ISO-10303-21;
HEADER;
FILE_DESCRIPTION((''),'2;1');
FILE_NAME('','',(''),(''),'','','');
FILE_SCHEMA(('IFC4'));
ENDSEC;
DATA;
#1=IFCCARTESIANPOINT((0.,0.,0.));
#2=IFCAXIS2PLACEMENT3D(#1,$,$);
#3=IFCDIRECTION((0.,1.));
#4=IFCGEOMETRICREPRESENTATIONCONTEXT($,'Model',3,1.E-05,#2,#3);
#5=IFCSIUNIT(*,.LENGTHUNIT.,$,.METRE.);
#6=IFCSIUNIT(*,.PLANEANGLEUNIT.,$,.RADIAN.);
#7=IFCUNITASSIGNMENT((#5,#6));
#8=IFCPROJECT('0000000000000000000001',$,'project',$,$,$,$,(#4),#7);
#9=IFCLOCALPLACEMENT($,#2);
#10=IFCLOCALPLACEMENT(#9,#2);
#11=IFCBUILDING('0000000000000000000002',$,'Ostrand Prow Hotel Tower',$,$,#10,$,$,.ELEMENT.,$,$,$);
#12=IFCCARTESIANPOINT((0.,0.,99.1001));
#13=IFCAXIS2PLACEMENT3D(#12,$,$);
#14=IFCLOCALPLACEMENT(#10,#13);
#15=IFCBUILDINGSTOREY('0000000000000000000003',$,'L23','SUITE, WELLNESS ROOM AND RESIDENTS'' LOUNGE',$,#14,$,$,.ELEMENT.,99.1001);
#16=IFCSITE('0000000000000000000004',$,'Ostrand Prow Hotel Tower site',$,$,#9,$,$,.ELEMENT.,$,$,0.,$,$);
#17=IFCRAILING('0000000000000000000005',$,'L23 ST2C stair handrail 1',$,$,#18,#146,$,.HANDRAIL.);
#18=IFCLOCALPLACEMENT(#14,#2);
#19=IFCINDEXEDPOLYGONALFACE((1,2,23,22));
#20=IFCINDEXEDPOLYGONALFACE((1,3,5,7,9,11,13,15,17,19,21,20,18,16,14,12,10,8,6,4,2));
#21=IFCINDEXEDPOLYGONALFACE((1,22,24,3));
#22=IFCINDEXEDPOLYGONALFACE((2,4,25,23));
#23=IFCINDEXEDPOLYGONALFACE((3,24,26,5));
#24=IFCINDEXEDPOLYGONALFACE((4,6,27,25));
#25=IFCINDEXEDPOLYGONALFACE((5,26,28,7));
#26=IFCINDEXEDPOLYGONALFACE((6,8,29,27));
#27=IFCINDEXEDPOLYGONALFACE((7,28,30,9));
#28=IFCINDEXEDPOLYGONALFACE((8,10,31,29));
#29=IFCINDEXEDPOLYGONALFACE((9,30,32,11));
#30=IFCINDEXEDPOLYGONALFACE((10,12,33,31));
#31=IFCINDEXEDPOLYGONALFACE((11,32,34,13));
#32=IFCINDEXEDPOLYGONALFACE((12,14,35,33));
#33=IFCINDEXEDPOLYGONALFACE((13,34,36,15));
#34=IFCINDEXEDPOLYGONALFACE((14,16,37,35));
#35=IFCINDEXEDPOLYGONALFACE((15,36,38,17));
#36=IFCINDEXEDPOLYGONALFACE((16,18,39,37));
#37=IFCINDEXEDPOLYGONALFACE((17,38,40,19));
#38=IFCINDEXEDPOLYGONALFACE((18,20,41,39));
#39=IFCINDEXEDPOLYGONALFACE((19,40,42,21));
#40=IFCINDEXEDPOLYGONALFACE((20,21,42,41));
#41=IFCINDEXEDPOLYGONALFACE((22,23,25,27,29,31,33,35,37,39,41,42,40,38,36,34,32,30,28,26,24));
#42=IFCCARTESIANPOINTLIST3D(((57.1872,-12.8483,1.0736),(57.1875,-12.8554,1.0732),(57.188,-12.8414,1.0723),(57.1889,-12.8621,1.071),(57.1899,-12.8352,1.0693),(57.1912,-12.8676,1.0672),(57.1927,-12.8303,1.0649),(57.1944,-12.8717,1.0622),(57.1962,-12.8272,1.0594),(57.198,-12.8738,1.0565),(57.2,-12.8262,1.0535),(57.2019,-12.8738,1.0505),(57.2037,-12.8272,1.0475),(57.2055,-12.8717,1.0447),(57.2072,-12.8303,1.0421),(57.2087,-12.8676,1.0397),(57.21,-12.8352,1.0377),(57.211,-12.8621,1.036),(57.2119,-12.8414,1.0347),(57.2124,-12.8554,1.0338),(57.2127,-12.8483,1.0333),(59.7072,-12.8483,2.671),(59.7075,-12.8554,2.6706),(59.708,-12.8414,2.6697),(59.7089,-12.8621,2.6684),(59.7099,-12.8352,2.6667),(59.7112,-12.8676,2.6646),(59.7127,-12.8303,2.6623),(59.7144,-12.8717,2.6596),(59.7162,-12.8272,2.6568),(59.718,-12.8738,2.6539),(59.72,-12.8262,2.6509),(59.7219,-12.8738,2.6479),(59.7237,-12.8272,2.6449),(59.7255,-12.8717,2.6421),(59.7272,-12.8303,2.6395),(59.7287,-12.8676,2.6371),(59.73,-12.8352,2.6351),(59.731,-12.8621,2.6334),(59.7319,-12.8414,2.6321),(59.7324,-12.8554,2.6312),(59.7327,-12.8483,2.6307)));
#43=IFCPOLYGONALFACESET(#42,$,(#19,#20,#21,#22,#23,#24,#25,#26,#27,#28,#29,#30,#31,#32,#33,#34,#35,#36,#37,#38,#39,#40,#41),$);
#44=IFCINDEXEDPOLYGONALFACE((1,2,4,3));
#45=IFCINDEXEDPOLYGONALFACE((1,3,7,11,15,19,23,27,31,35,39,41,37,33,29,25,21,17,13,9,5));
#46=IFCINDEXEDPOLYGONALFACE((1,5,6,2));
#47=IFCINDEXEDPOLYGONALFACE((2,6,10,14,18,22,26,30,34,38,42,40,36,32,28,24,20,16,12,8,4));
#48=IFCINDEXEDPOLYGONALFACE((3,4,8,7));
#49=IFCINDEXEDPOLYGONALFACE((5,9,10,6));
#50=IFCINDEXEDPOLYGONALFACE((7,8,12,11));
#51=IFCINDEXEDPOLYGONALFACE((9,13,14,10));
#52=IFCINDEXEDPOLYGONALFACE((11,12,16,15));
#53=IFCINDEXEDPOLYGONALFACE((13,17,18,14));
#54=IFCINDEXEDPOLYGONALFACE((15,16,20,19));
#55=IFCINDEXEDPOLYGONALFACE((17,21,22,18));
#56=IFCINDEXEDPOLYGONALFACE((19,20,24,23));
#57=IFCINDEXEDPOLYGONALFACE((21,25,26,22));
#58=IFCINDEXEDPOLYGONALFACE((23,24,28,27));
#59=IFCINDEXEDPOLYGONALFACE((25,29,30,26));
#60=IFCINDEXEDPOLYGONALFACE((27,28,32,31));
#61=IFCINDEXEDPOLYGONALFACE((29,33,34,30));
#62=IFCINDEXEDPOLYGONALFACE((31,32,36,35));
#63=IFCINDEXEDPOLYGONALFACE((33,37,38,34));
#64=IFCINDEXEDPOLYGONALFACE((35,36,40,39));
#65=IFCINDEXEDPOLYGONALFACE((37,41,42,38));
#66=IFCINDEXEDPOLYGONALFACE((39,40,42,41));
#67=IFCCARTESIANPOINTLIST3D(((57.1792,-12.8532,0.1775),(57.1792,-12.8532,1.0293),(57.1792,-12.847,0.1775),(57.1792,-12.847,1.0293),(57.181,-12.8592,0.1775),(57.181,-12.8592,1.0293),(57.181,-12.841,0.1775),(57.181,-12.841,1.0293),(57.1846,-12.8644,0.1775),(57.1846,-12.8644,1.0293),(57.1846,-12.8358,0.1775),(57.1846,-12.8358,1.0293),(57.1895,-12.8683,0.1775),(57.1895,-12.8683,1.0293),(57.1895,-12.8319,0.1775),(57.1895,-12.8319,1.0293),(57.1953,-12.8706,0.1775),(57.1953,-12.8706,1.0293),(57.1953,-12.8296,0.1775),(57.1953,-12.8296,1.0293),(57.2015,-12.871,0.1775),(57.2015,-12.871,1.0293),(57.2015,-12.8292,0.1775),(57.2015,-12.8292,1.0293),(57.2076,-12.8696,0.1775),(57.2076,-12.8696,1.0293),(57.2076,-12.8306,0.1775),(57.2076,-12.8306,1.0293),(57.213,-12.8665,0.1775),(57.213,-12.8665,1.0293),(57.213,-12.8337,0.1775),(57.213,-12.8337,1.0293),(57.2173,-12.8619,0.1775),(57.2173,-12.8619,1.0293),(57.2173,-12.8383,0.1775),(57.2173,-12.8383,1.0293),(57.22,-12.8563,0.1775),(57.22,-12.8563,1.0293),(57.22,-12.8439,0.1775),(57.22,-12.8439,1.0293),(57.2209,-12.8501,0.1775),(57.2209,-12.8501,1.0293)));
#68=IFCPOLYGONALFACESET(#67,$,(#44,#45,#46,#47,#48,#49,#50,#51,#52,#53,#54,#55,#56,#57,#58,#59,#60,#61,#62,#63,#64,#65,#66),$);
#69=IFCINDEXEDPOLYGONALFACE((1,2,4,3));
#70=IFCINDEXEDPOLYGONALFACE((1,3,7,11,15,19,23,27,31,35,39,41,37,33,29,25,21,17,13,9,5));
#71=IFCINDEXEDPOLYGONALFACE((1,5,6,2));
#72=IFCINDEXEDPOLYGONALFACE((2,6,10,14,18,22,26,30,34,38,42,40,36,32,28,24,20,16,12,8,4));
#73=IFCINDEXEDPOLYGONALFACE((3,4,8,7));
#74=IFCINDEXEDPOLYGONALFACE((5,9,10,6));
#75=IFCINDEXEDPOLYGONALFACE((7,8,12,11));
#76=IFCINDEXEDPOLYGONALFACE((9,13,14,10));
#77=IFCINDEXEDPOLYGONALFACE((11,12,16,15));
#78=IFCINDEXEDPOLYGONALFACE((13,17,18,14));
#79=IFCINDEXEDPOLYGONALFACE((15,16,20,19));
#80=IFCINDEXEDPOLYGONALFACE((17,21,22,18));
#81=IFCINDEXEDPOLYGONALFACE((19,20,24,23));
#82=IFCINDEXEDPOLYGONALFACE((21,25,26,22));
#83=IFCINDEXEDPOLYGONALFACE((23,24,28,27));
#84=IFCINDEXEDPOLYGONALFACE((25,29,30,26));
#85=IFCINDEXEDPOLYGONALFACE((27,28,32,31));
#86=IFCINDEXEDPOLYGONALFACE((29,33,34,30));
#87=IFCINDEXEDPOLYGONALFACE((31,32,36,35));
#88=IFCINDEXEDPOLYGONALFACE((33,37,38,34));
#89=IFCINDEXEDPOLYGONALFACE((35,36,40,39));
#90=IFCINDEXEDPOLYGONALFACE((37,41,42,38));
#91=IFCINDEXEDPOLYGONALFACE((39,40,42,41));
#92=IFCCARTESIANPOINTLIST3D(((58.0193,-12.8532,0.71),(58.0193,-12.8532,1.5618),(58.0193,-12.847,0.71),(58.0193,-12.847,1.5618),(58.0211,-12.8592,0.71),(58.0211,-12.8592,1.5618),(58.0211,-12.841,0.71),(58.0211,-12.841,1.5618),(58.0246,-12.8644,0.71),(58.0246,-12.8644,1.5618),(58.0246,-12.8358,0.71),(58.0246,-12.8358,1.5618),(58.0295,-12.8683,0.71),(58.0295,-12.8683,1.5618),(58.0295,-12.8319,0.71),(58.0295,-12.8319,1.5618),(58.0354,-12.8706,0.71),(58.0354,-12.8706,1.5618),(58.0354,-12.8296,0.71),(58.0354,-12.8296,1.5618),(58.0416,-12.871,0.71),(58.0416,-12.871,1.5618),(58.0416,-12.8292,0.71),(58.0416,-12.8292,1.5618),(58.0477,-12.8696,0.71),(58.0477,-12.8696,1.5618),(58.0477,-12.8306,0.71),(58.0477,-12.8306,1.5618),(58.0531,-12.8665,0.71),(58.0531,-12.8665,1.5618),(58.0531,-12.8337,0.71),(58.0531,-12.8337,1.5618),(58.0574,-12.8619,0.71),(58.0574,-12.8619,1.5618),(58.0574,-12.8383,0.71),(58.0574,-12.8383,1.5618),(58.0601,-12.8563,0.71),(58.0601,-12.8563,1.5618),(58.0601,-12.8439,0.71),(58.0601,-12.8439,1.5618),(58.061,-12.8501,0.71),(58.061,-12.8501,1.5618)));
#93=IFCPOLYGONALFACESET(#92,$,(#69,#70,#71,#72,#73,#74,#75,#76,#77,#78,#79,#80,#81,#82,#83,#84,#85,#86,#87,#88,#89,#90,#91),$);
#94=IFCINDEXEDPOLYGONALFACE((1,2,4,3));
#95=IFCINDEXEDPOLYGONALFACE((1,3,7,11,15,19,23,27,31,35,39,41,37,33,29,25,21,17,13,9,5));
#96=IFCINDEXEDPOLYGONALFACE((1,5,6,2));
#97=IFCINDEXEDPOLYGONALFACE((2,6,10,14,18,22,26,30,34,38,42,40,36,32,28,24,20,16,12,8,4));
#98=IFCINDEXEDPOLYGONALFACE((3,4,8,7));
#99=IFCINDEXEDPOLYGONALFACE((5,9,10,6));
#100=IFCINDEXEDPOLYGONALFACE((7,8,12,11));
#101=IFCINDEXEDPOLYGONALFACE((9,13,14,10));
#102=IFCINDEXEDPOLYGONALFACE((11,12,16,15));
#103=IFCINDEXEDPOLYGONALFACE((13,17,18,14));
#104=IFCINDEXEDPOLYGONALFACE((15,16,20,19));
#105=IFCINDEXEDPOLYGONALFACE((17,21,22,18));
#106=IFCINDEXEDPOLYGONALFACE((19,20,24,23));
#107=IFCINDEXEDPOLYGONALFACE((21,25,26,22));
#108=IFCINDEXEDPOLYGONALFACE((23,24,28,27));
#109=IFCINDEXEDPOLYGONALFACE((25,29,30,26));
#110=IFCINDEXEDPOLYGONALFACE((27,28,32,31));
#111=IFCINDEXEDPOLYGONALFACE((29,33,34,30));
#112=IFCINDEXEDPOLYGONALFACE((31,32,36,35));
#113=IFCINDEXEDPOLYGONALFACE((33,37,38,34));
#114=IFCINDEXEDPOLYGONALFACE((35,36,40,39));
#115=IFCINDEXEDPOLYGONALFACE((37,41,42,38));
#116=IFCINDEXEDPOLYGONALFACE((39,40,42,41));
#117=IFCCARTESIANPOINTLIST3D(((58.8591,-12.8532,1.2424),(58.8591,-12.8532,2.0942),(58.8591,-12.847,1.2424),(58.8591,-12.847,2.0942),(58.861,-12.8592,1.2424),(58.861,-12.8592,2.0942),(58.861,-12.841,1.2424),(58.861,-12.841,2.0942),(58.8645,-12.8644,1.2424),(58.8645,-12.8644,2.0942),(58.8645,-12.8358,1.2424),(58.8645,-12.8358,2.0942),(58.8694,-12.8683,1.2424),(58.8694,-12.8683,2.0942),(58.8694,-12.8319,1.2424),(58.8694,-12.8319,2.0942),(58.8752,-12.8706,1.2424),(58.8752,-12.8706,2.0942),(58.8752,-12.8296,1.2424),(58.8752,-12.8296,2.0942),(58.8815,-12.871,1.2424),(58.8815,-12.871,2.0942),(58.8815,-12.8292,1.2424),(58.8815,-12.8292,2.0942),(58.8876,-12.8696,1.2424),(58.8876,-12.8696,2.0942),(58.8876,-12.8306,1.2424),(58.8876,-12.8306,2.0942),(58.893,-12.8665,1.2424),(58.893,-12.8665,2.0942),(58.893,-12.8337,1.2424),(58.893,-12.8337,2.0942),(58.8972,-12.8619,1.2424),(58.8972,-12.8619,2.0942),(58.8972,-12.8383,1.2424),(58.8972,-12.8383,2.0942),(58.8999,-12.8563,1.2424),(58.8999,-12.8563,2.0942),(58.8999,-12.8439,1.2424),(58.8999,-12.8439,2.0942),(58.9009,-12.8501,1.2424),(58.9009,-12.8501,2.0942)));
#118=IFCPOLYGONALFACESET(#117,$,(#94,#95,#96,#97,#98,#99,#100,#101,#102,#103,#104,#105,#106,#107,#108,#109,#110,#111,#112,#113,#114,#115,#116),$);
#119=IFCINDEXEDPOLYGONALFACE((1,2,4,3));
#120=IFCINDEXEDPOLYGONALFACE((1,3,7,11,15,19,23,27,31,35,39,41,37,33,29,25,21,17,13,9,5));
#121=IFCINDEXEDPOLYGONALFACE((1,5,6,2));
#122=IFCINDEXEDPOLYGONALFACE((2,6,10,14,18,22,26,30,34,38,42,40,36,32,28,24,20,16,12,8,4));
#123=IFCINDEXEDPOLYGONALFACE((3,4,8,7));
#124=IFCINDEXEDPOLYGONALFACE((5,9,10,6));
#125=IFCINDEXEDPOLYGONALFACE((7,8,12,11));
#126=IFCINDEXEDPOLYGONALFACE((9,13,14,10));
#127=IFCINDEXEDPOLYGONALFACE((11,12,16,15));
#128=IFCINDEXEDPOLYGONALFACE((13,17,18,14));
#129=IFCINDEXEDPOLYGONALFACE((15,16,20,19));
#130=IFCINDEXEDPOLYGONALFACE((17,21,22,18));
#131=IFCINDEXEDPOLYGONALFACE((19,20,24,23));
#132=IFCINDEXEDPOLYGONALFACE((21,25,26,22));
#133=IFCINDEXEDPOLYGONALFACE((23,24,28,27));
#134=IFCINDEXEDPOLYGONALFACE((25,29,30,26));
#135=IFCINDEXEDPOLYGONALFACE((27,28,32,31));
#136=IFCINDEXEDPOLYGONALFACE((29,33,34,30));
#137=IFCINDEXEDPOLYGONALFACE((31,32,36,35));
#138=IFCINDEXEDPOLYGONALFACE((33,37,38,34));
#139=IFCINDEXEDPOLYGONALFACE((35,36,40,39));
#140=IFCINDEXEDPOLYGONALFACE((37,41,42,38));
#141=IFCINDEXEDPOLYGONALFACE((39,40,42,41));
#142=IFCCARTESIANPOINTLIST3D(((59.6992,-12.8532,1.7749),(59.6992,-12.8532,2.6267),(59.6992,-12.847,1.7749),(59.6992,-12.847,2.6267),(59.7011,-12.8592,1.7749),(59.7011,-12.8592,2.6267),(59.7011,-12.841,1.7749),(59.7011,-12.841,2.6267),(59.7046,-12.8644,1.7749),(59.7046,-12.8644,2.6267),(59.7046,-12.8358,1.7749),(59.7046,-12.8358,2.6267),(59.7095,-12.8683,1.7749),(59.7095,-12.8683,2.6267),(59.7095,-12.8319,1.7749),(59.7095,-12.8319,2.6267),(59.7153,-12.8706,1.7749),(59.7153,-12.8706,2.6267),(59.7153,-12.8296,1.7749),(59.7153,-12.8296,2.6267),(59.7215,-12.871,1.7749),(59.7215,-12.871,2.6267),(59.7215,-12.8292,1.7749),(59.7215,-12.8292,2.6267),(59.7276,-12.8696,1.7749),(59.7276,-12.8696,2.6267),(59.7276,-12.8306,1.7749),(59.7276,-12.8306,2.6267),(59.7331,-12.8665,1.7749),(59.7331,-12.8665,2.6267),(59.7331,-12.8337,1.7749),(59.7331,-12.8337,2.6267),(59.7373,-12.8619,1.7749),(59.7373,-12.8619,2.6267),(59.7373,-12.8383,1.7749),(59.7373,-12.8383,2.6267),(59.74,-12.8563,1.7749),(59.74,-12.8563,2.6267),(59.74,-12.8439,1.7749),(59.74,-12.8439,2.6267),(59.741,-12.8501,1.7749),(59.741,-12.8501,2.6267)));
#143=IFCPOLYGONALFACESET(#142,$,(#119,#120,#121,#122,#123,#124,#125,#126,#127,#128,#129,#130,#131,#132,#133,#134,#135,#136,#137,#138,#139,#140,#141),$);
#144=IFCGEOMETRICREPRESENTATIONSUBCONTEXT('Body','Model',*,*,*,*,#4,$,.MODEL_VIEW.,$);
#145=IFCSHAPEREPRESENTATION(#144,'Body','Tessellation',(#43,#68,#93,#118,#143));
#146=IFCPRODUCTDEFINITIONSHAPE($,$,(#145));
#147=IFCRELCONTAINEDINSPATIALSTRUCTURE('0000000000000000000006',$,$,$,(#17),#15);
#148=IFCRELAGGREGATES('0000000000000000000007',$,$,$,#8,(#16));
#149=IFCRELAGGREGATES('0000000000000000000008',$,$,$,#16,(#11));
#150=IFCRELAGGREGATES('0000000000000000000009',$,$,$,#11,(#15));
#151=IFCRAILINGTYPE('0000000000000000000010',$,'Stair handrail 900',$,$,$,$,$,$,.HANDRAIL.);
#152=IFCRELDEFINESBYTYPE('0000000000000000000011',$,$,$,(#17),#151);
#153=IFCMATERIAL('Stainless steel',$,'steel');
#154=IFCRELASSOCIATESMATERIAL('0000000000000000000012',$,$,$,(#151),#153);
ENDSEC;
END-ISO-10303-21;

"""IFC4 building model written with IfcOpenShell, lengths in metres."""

from ifc_helpers import new_model, si_unit, direction, frame, origin, origin_2d, place, context, subcontext, project, spatial, circle, extrude, material, type_object, element, save


model = new_model("IFC4")

# Units and contexts
model_context = context("Model", 3, precision=1e-05, world=origin(), true_north=direction((0.0, 1.0)))
body_context = subcontext(model_context, "Body", "Model", "MODEL_VIEW")
ifc_project = project(units=[si_unit("LENGTHUNIT", "METRE"), si_unit("PLANEANGLEUNIT", "RADIAN")], contexts=[model_context])

# Site, building, storey
site_placement = place(None, origin())
site = spatial("IfcSite", under=ifc_project, at=site_placement, Name="Ostrand Prow Hotel Tower site", CompositionType="ELEMENT", RefElevation=0.0)
building_placement = place(site_placement, origin())
building = spatial("IfcBuilding", under=site, at=building_placement, Name="Ostrand Prow Hotel Tower", CompositionType="ELEMENT")
storey_placement = place(building_placement, frame((0.0, 0.0, 99.1001)))
storey = spatial("IfcBuildingStorey", under=building, at=storey_placement, Name="L23", Description="SUITE, WELLNESS ROOM AND RESIDENTS' LOUNGE", CompositionType="ELEMENT", Elevation=99.1001)

# Railing
ifc_material_1 = material(Name="Stainless steel", Category="steel")
railing_type_1 = type_object("IfcRailingType", Name="Stair handrail 900", PredefinedType="HANDRAIL", material=ifc_material_1)
railing_1_placement = place(storey_placement, frame((57.2, -12.8501, 0.1775)))
element("IfcRailing", 1, at=railing_1_placement, inside=storey, type_object=railing_type_1, Name="L23 ST2C stair handrail 1", PredefinedType="HANDRAIL", context=body_context, shape_type="SweptSolid", body=[
    extrude(circle(Radius=0.0239, at=origin_2d()), frame((0.0, 0.0, 0.876), z_axis=(0.844607, 0.0, 0.535387), x_axis=(0.0, 1.0, 0.0)), (0.0, 0.0, 1.0), 2.9836),
    extrude(circle(Radius=0.021, at=origin_2d()), origin(), (0.0, 0.0, 1.0), 0.8518),
    extrude(circle(Radius=0.021, at=origin_2d()), frame((0.8401, 0.0, 0.5325)), (0.0, 0.0, 1.0), 0.8518),
    extrude(circle(Radius=0.021, at=origin_2d()), frame((1.6799, 0.0, 1.0649)), (0.0, 0.0, 1.0), 0.8518),
    extrude(circle(Radius=0.021, at=origin_2d()), frame((2.52, 0.0, 1.5974)), (0.0, 0.0, 1.0), 0.8518),
])

save(model, "model.ifc")
